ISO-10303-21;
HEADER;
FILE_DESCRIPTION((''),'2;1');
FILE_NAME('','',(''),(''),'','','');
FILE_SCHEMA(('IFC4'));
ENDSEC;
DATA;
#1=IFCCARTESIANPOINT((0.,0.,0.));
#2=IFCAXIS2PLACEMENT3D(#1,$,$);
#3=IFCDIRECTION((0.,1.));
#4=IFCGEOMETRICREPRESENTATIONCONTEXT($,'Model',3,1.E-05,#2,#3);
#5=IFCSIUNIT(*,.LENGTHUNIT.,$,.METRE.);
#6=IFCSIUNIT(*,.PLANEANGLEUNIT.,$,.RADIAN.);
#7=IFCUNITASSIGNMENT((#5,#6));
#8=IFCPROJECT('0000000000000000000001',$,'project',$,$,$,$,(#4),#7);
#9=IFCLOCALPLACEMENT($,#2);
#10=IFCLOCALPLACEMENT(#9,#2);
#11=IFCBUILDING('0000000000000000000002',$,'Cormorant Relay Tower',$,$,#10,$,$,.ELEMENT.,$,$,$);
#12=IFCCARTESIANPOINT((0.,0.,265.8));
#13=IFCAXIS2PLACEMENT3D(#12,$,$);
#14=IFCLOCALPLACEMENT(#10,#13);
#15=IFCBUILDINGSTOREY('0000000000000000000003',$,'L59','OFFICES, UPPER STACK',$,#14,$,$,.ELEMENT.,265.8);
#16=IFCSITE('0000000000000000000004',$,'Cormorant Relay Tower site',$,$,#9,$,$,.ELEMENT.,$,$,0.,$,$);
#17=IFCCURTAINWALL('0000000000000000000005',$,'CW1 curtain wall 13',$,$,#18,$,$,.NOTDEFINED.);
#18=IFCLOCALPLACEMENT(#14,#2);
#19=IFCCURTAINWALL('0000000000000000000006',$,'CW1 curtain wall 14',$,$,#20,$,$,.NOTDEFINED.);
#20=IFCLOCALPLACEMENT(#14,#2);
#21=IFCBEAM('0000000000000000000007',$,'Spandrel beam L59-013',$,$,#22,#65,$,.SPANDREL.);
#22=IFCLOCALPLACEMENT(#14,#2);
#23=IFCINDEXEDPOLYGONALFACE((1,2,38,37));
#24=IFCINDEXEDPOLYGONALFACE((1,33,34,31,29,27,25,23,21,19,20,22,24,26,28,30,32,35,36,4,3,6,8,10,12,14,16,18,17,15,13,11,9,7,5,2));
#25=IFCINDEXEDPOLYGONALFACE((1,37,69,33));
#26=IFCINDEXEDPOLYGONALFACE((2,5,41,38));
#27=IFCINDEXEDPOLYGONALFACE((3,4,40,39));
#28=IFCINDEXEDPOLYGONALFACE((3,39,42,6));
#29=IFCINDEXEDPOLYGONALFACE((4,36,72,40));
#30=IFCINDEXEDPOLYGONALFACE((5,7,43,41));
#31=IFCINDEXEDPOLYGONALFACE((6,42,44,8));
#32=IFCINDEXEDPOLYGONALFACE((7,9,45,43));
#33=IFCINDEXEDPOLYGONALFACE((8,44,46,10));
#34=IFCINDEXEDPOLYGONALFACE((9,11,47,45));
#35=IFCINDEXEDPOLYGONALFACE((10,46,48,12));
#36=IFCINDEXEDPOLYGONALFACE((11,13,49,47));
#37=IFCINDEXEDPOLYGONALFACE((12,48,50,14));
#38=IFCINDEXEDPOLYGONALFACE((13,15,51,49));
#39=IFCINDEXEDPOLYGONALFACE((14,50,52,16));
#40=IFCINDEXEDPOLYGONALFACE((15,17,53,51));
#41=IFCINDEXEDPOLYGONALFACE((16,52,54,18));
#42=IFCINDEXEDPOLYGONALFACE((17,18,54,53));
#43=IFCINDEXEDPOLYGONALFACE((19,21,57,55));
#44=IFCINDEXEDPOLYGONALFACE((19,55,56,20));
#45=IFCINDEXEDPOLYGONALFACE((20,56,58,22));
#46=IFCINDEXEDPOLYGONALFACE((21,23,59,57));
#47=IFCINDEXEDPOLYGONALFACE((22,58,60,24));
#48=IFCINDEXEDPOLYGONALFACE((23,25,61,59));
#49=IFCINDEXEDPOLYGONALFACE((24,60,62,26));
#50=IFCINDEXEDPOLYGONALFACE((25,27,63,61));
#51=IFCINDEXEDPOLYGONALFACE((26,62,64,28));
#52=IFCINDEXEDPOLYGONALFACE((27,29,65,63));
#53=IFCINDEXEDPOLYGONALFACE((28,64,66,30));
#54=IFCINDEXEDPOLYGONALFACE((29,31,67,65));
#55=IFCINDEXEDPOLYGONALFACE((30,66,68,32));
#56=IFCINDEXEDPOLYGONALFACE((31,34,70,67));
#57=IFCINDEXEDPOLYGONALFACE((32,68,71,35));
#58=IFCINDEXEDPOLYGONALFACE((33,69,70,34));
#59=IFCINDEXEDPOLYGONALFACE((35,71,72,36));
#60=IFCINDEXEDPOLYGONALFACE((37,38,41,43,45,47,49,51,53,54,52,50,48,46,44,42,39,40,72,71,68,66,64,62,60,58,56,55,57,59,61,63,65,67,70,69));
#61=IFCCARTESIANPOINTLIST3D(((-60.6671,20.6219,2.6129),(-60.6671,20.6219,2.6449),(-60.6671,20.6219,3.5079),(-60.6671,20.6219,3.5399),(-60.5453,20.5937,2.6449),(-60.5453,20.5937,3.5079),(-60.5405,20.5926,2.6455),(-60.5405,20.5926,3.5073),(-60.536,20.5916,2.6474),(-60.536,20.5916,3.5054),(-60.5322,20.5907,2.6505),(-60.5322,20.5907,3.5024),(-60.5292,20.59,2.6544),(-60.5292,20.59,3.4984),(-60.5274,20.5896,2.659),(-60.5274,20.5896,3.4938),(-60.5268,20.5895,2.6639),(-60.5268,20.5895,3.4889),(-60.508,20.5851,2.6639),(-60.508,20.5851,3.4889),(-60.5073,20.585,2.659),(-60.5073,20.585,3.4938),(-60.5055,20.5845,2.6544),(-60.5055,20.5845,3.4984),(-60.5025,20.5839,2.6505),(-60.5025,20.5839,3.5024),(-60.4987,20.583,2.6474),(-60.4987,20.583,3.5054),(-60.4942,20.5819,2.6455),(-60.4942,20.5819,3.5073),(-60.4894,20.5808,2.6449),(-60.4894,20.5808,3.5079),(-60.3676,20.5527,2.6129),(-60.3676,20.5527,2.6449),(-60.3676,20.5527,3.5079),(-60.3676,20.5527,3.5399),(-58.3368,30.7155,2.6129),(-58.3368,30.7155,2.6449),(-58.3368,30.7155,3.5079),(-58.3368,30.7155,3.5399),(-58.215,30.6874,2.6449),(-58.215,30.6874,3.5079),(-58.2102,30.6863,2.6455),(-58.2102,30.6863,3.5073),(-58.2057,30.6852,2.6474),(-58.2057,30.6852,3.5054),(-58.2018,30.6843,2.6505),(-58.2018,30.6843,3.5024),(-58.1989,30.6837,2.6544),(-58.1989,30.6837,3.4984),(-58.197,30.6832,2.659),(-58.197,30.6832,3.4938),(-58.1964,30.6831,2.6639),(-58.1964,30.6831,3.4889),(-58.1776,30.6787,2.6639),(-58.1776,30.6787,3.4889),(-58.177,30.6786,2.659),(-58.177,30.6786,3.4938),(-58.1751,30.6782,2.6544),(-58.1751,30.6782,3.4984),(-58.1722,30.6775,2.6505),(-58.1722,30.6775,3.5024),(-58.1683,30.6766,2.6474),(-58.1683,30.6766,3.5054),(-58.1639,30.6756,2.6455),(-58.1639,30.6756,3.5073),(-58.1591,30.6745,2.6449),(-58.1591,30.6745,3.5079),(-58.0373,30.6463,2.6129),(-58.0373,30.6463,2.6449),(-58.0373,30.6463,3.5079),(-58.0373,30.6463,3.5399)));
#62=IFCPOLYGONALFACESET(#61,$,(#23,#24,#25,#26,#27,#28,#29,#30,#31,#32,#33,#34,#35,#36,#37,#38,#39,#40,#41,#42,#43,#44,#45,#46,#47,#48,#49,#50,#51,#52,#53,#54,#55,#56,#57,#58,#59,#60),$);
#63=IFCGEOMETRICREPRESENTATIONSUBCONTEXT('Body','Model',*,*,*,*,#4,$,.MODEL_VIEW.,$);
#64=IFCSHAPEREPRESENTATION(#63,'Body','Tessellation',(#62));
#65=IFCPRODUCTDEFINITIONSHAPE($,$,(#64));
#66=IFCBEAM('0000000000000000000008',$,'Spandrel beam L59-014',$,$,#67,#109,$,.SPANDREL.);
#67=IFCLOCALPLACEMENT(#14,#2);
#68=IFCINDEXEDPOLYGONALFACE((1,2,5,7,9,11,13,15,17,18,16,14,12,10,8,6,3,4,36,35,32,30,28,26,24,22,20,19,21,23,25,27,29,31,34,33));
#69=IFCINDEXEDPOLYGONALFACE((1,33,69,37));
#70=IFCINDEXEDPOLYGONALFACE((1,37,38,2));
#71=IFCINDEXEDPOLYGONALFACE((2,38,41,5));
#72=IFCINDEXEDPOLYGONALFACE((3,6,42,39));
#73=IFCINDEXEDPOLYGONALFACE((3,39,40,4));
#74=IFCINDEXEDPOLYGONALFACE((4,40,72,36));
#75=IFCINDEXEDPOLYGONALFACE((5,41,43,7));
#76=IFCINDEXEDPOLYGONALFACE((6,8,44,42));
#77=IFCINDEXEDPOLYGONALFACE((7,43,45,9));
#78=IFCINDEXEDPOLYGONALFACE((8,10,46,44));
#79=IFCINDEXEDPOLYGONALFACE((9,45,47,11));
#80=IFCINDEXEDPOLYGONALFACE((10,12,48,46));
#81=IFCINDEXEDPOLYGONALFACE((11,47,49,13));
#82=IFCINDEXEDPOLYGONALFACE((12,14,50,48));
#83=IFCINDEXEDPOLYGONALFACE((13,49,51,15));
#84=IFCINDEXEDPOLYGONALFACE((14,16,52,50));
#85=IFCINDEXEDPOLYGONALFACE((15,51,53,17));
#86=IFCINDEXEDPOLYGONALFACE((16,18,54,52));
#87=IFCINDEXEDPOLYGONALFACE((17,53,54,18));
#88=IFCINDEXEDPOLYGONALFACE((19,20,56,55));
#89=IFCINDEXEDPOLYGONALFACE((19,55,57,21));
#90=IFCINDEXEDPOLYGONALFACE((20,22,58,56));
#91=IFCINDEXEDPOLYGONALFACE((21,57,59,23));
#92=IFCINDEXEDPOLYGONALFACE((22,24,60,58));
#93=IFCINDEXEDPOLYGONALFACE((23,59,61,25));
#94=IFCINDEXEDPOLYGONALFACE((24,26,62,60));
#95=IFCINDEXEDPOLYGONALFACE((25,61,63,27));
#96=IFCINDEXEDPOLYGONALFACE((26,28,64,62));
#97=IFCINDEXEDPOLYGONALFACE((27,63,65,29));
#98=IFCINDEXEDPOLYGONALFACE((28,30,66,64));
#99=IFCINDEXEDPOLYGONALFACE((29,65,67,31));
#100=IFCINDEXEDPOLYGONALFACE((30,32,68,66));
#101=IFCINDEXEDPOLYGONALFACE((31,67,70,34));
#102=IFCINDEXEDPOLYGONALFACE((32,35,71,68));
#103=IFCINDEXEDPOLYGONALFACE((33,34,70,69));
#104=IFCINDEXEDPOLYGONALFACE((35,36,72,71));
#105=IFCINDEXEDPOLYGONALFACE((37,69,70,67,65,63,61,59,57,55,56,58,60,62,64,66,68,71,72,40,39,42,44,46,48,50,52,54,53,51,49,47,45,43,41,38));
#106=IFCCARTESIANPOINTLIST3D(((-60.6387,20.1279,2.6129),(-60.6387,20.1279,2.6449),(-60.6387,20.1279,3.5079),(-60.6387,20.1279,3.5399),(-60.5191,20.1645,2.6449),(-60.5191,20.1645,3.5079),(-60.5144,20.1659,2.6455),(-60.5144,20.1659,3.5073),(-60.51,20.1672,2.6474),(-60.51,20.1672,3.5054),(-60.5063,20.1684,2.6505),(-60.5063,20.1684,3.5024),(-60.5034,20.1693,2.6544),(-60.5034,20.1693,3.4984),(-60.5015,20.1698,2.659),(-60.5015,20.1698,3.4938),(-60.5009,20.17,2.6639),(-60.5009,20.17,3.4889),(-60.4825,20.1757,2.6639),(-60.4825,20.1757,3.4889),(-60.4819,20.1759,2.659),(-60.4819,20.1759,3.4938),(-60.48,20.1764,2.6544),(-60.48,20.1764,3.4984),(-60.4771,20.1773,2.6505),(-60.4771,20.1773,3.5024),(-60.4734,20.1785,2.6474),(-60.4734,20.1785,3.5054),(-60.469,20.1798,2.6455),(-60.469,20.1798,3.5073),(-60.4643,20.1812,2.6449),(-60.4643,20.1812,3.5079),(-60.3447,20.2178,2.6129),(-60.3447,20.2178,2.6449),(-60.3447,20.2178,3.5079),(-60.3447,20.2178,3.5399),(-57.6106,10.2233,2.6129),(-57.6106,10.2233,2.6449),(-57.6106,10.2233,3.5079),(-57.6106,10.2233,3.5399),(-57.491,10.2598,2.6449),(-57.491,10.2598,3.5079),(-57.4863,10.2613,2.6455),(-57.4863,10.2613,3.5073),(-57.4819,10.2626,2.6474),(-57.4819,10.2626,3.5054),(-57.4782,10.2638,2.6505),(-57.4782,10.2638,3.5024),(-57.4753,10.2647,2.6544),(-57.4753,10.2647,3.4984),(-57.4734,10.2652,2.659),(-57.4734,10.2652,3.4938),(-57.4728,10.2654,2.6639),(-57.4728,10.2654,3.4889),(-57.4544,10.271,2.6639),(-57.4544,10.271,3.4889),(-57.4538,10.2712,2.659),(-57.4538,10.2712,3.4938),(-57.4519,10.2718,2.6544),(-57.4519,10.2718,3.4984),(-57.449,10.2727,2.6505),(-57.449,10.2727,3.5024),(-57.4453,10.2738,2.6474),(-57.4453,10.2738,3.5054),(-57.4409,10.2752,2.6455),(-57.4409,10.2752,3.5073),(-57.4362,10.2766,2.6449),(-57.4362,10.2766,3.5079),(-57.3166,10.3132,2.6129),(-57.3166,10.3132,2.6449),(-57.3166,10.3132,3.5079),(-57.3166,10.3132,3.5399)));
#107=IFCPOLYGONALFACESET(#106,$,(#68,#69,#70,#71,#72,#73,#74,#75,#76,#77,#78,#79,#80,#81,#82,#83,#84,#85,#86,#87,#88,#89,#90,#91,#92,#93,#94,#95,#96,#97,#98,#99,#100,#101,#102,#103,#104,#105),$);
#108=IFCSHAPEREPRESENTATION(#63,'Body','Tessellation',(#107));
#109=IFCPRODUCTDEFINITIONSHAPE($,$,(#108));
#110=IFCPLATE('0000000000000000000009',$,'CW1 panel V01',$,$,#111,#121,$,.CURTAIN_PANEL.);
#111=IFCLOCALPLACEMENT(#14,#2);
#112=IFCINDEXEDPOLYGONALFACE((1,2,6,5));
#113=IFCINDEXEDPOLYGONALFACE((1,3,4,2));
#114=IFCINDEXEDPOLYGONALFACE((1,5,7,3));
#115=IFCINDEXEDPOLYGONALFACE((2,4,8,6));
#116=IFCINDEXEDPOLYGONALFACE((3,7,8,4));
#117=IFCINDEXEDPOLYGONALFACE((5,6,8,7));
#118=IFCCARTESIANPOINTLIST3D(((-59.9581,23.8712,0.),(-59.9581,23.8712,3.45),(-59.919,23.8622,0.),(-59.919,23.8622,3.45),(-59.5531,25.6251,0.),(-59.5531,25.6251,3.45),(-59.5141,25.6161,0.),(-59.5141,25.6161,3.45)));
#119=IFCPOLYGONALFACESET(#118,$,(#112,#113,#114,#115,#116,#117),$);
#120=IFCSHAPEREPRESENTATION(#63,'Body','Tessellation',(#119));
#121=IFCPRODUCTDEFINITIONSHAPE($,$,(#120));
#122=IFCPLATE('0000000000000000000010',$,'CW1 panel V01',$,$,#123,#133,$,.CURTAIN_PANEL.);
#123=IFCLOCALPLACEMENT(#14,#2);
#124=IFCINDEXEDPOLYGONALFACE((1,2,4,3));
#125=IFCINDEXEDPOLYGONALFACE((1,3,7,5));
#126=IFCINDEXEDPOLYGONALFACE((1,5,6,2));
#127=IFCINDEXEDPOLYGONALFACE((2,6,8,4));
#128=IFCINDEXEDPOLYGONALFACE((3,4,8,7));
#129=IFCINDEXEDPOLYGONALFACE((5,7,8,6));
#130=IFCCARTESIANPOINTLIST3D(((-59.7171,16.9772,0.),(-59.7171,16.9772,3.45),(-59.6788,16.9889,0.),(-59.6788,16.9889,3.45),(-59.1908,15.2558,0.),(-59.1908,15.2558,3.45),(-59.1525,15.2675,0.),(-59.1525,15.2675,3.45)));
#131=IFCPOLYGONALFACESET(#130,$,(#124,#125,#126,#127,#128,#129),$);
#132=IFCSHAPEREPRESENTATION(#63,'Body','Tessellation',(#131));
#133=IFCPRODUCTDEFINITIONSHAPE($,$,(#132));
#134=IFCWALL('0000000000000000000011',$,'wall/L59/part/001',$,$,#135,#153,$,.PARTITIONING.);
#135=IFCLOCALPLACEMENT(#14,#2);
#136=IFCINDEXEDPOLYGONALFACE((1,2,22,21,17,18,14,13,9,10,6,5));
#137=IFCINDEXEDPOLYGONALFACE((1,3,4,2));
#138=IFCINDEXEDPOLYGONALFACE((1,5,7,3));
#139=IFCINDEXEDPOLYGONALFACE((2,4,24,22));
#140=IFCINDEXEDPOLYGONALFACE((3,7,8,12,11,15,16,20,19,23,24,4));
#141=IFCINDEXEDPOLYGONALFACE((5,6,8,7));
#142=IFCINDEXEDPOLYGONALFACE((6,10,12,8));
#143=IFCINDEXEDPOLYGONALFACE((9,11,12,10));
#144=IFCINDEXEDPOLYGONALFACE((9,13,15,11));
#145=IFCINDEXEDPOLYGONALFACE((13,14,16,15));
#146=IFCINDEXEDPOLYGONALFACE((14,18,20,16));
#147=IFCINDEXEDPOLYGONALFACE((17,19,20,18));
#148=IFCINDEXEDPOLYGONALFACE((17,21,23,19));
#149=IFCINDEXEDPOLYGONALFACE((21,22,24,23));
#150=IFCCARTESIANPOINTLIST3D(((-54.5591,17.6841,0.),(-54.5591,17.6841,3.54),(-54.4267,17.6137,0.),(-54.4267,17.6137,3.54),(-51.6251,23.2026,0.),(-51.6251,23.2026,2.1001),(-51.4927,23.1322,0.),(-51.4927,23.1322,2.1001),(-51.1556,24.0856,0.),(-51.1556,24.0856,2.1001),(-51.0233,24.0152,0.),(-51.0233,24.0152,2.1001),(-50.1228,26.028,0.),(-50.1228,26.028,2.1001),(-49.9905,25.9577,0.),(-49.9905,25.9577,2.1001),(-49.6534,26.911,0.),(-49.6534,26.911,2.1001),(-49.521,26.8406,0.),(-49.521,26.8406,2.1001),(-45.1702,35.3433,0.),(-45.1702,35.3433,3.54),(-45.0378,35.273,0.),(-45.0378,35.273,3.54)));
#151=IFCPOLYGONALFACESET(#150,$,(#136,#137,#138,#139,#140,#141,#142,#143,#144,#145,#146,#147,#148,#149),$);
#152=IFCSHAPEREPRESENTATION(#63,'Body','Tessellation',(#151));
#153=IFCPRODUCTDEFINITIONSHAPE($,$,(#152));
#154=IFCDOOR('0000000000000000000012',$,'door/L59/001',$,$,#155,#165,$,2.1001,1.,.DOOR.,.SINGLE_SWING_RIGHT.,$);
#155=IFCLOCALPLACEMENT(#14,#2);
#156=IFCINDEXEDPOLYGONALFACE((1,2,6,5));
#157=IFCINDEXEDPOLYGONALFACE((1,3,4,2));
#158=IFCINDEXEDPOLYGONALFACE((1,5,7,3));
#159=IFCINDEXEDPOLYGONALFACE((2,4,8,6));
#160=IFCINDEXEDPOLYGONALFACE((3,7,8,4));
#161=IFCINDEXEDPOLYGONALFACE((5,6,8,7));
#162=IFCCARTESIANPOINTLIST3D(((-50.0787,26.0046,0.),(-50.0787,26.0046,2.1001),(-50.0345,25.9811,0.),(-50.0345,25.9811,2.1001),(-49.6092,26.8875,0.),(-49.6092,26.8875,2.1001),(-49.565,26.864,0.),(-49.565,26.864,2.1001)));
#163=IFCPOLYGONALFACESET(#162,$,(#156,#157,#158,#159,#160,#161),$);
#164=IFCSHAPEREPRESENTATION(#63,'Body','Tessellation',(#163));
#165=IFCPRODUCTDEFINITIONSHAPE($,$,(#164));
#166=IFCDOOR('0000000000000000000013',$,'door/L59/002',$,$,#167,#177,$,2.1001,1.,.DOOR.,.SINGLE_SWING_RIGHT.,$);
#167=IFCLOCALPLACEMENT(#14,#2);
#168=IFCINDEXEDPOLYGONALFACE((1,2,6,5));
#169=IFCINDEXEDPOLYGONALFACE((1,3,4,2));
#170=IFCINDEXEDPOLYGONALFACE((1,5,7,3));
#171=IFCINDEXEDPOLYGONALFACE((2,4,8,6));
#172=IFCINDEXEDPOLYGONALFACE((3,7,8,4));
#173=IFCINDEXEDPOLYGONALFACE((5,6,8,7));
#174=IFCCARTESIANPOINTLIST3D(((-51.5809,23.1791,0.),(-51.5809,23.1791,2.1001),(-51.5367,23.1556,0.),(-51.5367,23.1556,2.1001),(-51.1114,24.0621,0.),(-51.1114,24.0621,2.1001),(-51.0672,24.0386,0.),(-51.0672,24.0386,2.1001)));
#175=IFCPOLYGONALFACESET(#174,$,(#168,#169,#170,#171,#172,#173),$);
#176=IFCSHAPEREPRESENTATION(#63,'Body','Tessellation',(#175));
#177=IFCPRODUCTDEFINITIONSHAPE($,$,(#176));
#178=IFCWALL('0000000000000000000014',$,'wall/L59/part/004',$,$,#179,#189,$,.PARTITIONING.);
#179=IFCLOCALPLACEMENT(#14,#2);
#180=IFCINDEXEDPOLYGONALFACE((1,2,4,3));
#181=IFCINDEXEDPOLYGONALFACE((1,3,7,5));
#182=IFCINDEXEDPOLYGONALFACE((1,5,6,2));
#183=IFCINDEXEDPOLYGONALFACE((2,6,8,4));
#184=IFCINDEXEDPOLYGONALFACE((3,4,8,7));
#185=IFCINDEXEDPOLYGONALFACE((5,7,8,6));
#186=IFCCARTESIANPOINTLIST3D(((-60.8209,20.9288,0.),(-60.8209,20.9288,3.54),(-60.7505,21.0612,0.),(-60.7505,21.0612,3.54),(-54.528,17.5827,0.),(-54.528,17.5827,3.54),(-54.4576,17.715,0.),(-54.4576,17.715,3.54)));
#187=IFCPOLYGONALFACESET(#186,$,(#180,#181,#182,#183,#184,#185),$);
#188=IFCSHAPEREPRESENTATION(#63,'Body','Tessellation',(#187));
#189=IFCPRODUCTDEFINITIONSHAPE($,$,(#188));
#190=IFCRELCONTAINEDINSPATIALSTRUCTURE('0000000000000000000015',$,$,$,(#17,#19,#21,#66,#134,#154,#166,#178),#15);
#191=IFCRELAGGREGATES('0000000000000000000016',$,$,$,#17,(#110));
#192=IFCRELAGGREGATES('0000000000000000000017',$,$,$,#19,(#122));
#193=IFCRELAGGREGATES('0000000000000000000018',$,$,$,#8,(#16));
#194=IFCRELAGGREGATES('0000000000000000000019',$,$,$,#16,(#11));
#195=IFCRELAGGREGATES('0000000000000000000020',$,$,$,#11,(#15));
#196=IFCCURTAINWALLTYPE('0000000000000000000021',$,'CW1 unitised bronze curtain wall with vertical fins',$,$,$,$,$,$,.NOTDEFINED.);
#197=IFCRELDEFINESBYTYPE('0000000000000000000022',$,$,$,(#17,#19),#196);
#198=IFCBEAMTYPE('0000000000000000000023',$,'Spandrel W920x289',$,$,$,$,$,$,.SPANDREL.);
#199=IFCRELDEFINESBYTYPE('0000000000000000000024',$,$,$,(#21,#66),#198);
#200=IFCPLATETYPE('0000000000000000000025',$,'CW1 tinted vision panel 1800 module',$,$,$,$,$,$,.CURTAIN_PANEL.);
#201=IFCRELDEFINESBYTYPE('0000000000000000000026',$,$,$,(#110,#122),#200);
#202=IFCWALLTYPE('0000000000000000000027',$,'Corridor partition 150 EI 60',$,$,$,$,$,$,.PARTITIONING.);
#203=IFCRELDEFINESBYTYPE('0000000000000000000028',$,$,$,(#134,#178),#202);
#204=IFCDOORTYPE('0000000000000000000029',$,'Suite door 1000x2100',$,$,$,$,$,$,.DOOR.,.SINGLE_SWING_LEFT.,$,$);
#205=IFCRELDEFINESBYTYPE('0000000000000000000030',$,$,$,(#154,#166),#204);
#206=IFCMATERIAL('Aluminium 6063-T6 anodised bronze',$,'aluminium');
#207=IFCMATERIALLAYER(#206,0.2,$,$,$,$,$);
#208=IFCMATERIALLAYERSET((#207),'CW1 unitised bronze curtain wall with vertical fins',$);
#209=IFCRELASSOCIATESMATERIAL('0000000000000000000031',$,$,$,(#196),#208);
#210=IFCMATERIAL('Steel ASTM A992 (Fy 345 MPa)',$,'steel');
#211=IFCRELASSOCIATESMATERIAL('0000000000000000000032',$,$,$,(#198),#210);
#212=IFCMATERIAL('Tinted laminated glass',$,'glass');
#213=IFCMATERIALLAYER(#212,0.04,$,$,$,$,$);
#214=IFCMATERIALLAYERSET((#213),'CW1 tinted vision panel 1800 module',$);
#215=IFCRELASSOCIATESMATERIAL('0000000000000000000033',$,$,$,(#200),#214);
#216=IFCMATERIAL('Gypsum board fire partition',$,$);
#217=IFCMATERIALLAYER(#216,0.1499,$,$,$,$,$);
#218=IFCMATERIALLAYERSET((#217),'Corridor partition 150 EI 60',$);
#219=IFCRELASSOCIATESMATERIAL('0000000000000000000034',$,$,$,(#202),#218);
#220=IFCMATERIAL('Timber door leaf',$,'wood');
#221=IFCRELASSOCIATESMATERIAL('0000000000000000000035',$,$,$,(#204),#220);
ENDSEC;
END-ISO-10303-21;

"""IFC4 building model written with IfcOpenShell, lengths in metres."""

from ifc_helpers import new_model, si_unit, direction, frame, frame_2d, origin, origin_2d, place, context, subcontext, project, spatial, rectangle, i_section, extrude, material, layer, layer_set, material_profile, profile_set, type_object, element, fill, aggregate, save


model = new_model("IFC4")

# Units and contexts
model_context = context("Model", 3, precision=1e-05, world=origin(), true_north=direction((0.0, 1.0)))
body_context = subcontext(model_context, "Body", "Model", "MODEL_VIEW")
ifc_project = project(units=[si_unit("LENGTHUNIT", "METRE"), si_unit("PLANEANGLEUNIT", "RADIAN")], contexts=[model_context])

# Site, building, storey
site_placement = place(None, origin())
site = spatial("IfcSite", under=ifc_project, at=site_placement, Name="Cormorant Relay Tower site", CompositionType="ELEMENT", RefElevation=0.0)
building_placement = place(site_placement, origin())
building = spatial("IfcBuilding", under=site, at=building_placement, Name="Cormorant Relay Tower", CompositionType="ELEMENT")
storey_placement = place(building_placement, frame((0.0, 0.0, 265.8)))
storey = spatial("IfcBuildingStorey", under=building, at=storey_placement, Name="L59", Description="OFFICES, UPPER STACK", CompositionType="ELEMENT", Elevation=265.8)

# Curtain wall
ifc_material_1 = material(Name="Aluminium 6063-T6 anodised bronze", Category="aluminium")
ifc_layer_1 = layer(ifc_material_1, 0.2)
ifc_layer_set_1 = layer_set([ifc_layer_1], Name="CW1 unitised bronze curtain wall with vertical fins")
curtain_wall_type = type_object("IfcCurtainWallType", Name="CW1 unitised bronze curtain wall with vertical fins", PredefinedType="NOTDEFINED", material=ifc_layer_set_1)
curtain_wall_1_placement = place(storey_placement, origin())
curtain_wall_1 = element("IfcCurtainWall", 1, at=curtain_wall_1_placement, inside=storey, type_object=curtain_wall_type, Name="CW1 curtain wall 13", PredefinedType="NOTDEFINED")

# Curtain wall
curtain_wall_2_placement = place(storey_placement, origin())
curtain_wall_2 = element("IfcCurtainWall", 2, at=curtain_wall_2_placement, inside=storey, type_object=curtain_wall_type, Name="CW1 curtain wall 14", PredefinedType="NOTDEFINED")

# Beams
ifc_material_2 = material(Name="Steel ASTM A992 (Fy 345 MPa)", Category="steel")
ifc_material_profile_1 = material_profile(ifc_material_2, i_section(OverallWidth=0.3074, OverallDepth=0.927, WebThickness=0.0193, FlangeThickness=0.032, FilletRadius=0.019, at=origin_2d()), Name="W920x289")
ifc_profile_set_1 = profile_set([ifc_material_profile_1], Name="Steel ASTM A992 (Fy 345 MPa)")
beam_type = type_object("IfcBeamType", Name="Spandrel W920x289", PredefinedType="SPANDREL", material=ifc_profile_set_1)
beam_1_placement = place(storey_placement, frame((-58.187, 30.6809, 3.0764), z_axis=(-0.224956, -0.974369, 0.0), x_axis=(0.974369, -0.224956, 0.0)))
element("IfcBeam", 3, at=beam_1_placement, inside=storey, type_object=beam_type, Name="Spandrel beam L59-013", PredefinedType="SPANDREL", context=body_context, shape_type="SweptSolid", body=[
    extrude(i_section(OverallWidth=0.3074, OverallDepth=0.927, WebThickness=0.0193, FlangeThickness=0.032, FilletRadius=0.019, at=origin_2d()), origin(), (0.0, 0.0, 1.0), 10.3591),
])
beam_2_placement = place(storey_placement, frame((-60.4917, 20.1729, 3.0764), z_axis=(0.292368, -0.956306, 0.0), x_axis=(0.956306, 0.292368, 0.0)))
element("IfcBeam", 4, at=beam_2_placement, inside=storey, type_object=beam_type, Name="Spandrel beam L59-014", PredefinedType="SPANDREL", context=body_context, shape_type="SweptSolid", body=[
    extrude(i_section(OverallWidth=0.3074, OverallDepth=0.927, WebThickness=0.0193, FlangeThickness=0.032, FilletRadius=0.019, at=origin_2d()), origin(), (0.0, 0.0, 1.0), 10.3572),
])

# Plates
ifc_material_3 = material(Name="Tinted laminated glass", Category="glass")
ifc_layer_2 = layer(ifc_material_3, 0.04)
ifc_layer_set_2 = layer_set([ifc_layer_2], Name="CW1 tinted vision panel 1800 module")
plate_type = type_object("IfcPlateType", Name="CW1 tinted vision panel 1800 module", PredefinedType="CURTAIN_PANEL", material=ifc_layer_set_2)
plate_1_placement = place(storey_placement, frame((-59.7361, 24.7437, 0.0), z_axis=(0.0, 0.0, 1.0), x_axis=(-0.224951, -0.97437, 0.0)))
plate_1 = element("IfcPlate", 5, at=plate_1_placement, type_object=plate_type, Name="CW1 panel V01", PredefinedType="CURTAIN_PANEL", context=body_context, shape_type="SweptSolid", body=[
    extrude(rectangle(XDim=1.8, YDim=0.04, at=origin_2d()), origin(), (0.0, 0.0, 1.0), 3.45),
])
plate_2_placement = place(storey_placement, frame((-59.4348, 16.1223, 0.0), z_axis=(0.0, 0.0, 1.0), x_axis=(0.292372, -0.956305, 0.0)))
plate_2 = element("IfcPlate", 6, at=plate_2_placement, type_object=plate_type, Name="CW1 panel V01", PredefinedType="CURTAIN_PANEL", context=body_context, shape_type="SweptSolid", body=[
    extrude(rectangle(XDim=1.8, YDim=0.04, at=origin_2d()), origin(), (0.0, 0.0, 1.0), 3.45),
])

# Wall, openings, doors
ifc_material_4 = material(Name="Gypsum board fire partition")
ifc_layer_3 = layer(ifc_material_4, 0.1499)
ifc_layer_set_3 = layer_set([ifc_layer_3], Name="Corridor partition 150 EI 60")
wall_type_1 = type_object("IfcWallType", Name="Corridor partition 150 EI 60", PredefinedType="PARTITIONING", material=ifc_layer_set_3)
wall_1_placement = place(storey_placement, frame((-54.4929, 17.6489, 0.0), z_axis=(0.0, 0.0, 1.0), x_axis=(0.469447, 0.882961, 0.0)))
wall_1 = element("IfcWall", 7, at=wall_1_placement, inside=storey, type_object=wall_type_1, Name="wall/L59/part/001", PredefinedType="PARTITIONING", context=body_context, shape_type="SweptSolid", body=[
    extrude(rectangle(XDim=20.0, YDim=0.1499, at=frame_2d((10.0, 0.0))), origin(), (0.0, 0.0, 1.0), 3.54),
])
opening_1_placement = place(wall_1_placement, frame((9.45, 0.0, 0.0)))
opening_1 = element("IfcOpeningElement", 8, at=opening_1_placement, cuts=wall_1, PredefinedType="OPENING", context=body_context, shape_type="SweptSolid", body=[
    extrude(rectangle(XDim=1.0, YDim=2.1001, at=frame_2d((0.5, 1.05))), frame((0.0, 0.085, 0.0), z_axis=(0.0, -1.0, 0.0), x_axis=(1.0, 0.0, 0.0)), (0.0, 0.0, 1.0), 0.1699),
])
opening_2_placement = place(wall_1_placement, frame((6.25, 0.0, 0.0)))
opening_2 = element("IfcOpeningElement", 9, at=opening_2_placement, cuts=wall_1, PredefinedType="OPENING", context=body_context, shape_type="SweptSolid", body=[
    extrude(rectangle(XDim=1.0, YDim=2.1001, at=frame_2d((0.5, 1.05))), frame((0.0, 0.085, 0.0), z_axis=(0.0, -1.0, 0.0), x_axis=(1.0, 0.0, 0.0)), (0.0, 0.0, 1.0), 0.1699),
])
ifc_material_5 = material(Name="Timber door leaf", Category="wood")
door_type_1 = type_object("IfcDoorType", Name="Suite door 1000x2100", OperationType="SINGLE_SWING_LEFT", PredefinedType="DOOR", material=ifc_material_5)
door_1_placement = place(opening_1_placement, origin())
door_1 = element("IfcDoor", 10, at=door_1_placement, inside=storey, type_object=door_type_1, Name="door/L59/001", OperationType="SINGLE_SWING_RIGHT", OverallHeight=2.1001, OverallWidth=1.0, PredefinedType="DOOR", context=body_context, shape_type="SweptSolid", body=[
    extrude(rectangle(XDim=1.0, YDim=2.1001, at=frame_2d((0.5, 1.05))), frame((0.0, 0.0249, 0.0), z_axis=(0.0, -1.0, 0.0), x_axis=(1.0, 0.0, 0.0)), (0.0, 0.0, 1.0), 0.05),
])
fill(opening_1, door_1)
door_2_placement = place(opening_2_placement, origin())
door_2 = element("IfcDoor", 11, at=door_2_placement, inside=storey, type_object=door_type_1, Name="door/L59/002", OperationType="SINGLE_SWING_RIGHT", OverallHeight=2.1001, OverallWidth=1.0, PredefinedType="DOOR", context=body_context, shape_type="SweptSolid", body=[
    extrude(rectangle(XDim=1.0, YDim=2.1001, at=frame_2d((0.5, 1.05))), frame((0.0, 0.0249, 0.0), z_axis=(0.0, -1.0, 0.0), x_axis=(1.0, 0.0, 0.0)), (0.0, 0.0, 1.0), 0.05),
])
fill(opening_2, door_2)

# Wall
wall_2_placement = place(storey_placement, frame((-54.4929, 17.6489, 0.0), z_axis=(0.0, 0.0, 1.0), x_axis=(-0.882938, 0.469489, 0.0)))
element("IfcWall", 12, at=wall_2_placement, inside=storey, type_object=wall_type_1, Name="wall/L59/part/004", PredefinedType="PARTITIONING", context=body_context, shape_type="SweptSolid", body=[
    extrude(rectangle(XDim=7.1272, YDim=0.1499, at=frame_2d((3.5635, 0.0))), origin(), (0.0, 0.0, 1.0), 3.54),
])

aggregate(curtain_wall_1, [plate_1])
aggregate(curtain_wall_2, [plate_2])

save(model, "model.ifc")
